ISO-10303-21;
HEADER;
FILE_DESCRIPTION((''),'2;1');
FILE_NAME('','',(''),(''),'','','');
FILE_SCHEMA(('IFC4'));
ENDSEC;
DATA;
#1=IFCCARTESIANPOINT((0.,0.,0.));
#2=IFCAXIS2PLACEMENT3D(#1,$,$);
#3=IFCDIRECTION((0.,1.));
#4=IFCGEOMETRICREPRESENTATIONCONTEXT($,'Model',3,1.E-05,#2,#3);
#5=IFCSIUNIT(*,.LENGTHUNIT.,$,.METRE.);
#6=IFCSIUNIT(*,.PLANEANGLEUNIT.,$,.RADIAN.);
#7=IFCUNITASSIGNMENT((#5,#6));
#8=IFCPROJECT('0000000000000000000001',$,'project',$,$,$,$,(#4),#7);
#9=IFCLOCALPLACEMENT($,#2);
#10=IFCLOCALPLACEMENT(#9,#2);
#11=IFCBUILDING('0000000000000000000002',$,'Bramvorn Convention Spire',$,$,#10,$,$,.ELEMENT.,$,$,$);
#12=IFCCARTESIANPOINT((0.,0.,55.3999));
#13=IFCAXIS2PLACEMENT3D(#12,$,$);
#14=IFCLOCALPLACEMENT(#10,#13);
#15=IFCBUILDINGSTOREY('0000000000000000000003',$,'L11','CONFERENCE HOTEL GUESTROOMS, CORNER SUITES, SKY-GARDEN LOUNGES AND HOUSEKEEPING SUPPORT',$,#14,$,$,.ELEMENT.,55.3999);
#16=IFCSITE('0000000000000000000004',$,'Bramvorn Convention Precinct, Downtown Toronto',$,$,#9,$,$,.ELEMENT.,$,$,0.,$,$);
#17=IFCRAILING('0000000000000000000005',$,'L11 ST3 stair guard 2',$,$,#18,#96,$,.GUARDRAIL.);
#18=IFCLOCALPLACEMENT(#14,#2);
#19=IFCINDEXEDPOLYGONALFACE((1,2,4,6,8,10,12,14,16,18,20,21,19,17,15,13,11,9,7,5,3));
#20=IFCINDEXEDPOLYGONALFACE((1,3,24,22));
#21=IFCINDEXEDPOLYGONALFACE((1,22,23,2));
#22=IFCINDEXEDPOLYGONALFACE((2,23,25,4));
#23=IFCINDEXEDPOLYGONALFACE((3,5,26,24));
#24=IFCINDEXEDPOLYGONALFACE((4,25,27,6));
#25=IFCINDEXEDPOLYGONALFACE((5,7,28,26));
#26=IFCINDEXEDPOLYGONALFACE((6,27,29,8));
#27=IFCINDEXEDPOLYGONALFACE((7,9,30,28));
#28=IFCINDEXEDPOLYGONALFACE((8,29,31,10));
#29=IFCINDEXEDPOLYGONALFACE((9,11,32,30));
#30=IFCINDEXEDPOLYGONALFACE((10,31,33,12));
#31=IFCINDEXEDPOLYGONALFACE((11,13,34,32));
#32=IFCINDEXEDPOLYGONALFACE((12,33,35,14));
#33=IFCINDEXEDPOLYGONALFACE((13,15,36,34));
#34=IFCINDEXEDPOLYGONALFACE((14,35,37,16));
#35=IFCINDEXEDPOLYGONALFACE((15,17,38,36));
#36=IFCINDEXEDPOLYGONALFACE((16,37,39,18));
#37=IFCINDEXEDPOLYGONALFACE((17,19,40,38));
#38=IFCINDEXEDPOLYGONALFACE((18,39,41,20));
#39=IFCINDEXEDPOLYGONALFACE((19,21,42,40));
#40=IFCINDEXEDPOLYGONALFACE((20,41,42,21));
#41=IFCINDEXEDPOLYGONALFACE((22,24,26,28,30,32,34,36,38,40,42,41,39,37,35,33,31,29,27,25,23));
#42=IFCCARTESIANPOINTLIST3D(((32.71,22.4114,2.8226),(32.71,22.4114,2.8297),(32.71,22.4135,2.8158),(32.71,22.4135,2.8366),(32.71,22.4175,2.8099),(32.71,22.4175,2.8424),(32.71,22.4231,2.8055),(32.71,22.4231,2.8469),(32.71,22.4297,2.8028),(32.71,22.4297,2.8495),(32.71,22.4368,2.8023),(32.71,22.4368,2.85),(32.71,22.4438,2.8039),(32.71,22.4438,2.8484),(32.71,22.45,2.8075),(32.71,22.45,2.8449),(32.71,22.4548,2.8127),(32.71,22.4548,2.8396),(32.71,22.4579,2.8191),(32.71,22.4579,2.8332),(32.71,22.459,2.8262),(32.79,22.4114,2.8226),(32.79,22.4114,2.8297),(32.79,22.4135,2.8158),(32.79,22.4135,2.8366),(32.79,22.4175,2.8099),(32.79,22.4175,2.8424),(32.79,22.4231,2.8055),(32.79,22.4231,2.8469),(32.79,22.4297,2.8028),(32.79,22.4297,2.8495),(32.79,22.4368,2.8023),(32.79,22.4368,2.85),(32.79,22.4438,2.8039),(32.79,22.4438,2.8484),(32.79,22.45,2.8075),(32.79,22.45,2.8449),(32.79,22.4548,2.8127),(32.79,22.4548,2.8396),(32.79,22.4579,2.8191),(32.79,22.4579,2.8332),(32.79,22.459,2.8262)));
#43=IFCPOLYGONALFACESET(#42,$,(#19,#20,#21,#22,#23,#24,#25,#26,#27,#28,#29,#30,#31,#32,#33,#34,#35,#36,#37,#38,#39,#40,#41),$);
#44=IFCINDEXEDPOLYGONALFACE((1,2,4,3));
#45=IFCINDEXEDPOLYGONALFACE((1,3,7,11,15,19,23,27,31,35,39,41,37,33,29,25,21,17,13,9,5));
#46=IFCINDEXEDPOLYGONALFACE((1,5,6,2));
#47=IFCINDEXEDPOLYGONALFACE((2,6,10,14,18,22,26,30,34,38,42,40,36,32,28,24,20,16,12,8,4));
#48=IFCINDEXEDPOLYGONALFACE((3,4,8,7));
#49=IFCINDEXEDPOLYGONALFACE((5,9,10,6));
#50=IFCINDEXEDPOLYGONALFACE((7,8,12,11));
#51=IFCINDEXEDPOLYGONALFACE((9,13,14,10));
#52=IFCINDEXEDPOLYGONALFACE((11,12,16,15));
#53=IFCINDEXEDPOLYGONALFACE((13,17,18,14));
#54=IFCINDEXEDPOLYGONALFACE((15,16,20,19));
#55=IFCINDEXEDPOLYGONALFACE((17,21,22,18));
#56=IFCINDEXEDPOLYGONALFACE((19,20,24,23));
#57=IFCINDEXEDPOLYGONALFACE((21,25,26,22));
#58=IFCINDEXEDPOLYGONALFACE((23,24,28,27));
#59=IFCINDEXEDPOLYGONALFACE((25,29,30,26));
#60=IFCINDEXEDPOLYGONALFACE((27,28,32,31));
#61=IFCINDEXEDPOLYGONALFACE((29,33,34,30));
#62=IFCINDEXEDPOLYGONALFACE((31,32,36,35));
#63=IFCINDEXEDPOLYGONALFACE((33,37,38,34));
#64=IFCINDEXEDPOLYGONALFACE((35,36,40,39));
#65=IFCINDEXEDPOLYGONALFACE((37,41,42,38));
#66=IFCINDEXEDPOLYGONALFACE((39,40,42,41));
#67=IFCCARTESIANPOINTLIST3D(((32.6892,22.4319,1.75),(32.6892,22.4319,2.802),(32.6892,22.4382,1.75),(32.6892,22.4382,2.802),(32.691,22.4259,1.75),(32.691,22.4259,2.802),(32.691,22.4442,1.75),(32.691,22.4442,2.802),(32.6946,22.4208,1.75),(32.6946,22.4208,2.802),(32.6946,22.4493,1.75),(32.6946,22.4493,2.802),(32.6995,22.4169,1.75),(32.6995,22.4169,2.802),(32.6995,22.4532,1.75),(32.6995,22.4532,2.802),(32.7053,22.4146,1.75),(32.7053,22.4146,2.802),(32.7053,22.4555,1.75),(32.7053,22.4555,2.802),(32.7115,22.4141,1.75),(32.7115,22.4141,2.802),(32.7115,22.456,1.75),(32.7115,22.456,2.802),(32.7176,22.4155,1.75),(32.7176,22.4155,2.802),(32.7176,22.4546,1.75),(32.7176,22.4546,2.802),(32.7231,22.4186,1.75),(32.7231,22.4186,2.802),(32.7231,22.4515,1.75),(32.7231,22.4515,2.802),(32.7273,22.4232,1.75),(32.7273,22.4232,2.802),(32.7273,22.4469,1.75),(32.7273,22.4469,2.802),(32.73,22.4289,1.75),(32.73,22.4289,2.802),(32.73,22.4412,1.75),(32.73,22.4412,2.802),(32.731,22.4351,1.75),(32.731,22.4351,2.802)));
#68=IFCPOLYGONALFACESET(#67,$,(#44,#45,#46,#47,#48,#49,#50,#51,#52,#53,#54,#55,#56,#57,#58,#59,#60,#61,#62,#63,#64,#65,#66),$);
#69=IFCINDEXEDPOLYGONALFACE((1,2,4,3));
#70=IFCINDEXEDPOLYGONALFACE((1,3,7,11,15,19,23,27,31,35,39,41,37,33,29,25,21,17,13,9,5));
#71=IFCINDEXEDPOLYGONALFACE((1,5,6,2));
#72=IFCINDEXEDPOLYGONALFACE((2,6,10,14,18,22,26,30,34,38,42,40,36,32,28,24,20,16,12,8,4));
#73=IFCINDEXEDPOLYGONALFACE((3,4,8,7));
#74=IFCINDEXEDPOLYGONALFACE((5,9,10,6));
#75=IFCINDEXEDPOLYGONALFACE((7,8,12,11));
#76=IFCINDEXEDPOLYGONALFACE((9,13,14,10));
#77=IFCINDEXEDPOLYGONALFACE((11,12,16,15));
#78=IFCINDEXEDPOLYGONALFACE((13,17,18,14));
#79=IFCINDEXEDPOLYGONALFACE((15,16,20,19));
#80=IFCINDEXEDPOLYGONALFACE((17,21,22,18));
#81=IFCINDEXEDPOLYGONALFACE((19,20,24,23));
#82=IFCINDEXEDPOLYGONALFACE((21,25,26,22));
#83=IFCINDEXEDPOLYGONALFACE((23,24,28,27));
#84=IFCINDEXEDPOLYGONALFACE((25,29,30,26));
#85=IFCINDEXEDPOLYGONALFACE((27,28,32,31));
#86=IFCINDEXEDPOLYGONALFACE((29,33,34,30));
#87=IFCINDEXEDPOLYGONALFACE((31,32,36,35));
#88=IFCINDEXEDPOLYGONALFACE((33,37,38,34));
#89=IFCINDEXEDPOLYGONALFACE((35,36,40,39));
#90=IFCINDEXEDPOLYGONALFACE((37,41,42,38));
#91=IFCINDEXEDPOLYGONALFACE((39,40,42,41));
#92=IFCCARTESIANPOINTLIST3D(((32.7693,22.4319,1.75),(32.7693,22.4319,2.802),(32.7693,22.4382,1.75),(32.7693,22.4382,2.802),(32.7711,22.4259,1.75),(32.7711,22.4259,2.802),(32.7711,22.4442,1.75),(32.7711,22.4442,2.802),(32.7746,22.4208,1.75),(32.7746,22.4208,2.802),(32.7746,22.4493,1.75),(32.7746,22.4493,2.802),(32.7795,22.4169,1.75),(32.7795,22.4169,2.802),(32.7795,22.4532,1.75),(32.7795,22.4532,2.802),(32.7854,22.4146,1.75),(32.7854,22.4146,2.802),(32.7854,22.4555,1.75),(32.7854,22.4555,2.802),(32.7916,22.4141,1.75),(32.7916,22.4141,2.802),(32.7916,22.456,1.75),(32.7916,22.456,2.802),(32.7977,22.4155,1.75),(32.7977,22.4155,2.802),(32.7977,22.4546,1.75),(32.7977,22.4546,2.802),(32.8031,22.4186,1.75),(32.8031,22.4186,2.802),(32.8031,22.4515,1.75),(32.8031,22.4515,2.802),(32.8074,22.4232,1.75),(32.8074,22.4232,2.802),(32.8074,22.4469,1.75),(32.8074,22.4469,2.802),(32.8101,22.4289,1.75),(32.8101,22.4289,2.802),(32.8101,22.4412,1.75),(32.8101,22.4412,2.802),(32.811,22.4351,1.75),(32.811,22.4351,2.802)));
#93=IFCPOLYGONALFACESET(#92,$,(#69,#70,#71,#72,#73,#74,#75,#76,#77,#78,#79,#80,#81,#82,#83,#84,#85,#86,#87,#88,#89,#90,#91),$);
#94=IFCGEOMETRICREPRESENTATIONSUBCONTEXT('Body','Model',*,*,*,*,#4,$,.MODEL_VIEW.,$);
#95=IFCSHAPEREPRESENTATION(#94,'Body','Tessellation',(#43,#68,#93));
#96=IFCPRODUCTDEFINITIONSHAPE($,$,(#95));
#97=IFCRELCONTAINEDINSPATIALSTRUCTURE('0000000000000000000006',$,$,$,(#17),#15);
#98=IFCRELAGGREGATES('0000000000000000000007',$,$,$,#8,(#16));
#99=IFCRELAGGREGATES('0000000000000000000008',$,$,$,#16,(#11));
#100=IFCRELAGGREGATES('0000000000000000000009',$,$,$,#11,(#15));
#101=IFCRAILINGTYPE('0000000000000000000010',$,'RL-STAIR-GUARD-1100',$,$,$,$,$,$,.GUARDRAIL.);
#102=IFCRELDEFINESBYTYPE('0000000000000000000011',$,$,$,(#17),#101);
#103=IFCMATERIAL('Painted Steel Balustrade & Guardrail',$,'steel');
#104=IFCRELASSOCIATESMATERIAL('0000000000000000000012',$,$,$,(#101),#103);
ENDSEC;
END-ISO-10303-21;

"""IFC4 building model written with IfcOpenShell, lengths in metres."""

from ifc_helpers import new_model, si_unit, direction, frame, origin, origin_2d, place, context, subcontext, project, spatial, circle, extrude, material, type_object, element, save


model = new_model("IFC4")

# Units and contexts
model_context = context("Model", 3, precision=1e-05, world=origin(), true_north=direction((0.0, 1.0)))
body_context = subcontext(model_context, "Body", "Model", "MODEL_VIEW")
ifc_project = project(units=[si_unit("LENGTHUNIT", "METRE"), si_unit("PLANEANGLEUNIT", "RADIAN")], contexts=[model_context])

# Site, building, storey
site_placement = place(None, origin())
site = spatial("IfcSite", under=ifc_project, at=site_placement, Name="Bramvorn Convention Precinct, Downtown Toronto", CompositionType="ELEMENT", RefElevation=0.0)
building_placement = place(site_placement, origin())
building = spatial("IfcBuilding", under=site, at=building_placement, Name="Bramvorn Convention Spire", CompositionType="ELEMENT")
storey_placement = place(building_placement, frame((0.0, 0.0, 55.3999)))
storey = spatial("IfcBuildingStorey", under=building, at=storey_placement, Name="L11", Description="CONFERENCE HOTEL GUESTROOMS, CORNER SUITES, SKY-GARDEN LOUNGES AND HOUSEKEEPING SUPPORT", CompositionType="ELEMENT", Elevation=55.3999)

# Railing
ifc_material_1 = material(Name="Painted Steel Balustrade & Guardrail", Category="steel")
railing_type_1 = type_object("IfcRailingType", Name="RL-STAIR-GUARD-1100", PredefinedType="GUARDRAIL", material=ifc_material_1)
railing_1_placement = place(storey_placement, frame((32.71, 22.4351, 1.75)))
element("IfcRailing", 1, at=railing_1_placement, inside=storey, type_object=railing_type_1, Name="L11 ST3 stair guard 2", PredefinedType="GUARDRAIL", context=body_context, shape_type="SweptSolid", body=[
    extrude(circle(Radius=0.0239, at=origin_2d()), frame((0.0, 0.0, 1.0762), z_axis=(1.0, 0.0, 0.0), x_axis=(0.0, 1.0, 0.0)), (0.0, 0.0, 1.0), 0.0801),
    extrude(circle(Radius=0.021, at=origin_2d()), origin(), (0.0, 0.0, 1.0), 1.052),
    extrude(circle(Radius=0.021, at=origin_2d()), frame((0.0801, 0.0, 0.0)), (0.0, 0.0, 1.0), 1.052),
])

save(model, "model.ifc")
